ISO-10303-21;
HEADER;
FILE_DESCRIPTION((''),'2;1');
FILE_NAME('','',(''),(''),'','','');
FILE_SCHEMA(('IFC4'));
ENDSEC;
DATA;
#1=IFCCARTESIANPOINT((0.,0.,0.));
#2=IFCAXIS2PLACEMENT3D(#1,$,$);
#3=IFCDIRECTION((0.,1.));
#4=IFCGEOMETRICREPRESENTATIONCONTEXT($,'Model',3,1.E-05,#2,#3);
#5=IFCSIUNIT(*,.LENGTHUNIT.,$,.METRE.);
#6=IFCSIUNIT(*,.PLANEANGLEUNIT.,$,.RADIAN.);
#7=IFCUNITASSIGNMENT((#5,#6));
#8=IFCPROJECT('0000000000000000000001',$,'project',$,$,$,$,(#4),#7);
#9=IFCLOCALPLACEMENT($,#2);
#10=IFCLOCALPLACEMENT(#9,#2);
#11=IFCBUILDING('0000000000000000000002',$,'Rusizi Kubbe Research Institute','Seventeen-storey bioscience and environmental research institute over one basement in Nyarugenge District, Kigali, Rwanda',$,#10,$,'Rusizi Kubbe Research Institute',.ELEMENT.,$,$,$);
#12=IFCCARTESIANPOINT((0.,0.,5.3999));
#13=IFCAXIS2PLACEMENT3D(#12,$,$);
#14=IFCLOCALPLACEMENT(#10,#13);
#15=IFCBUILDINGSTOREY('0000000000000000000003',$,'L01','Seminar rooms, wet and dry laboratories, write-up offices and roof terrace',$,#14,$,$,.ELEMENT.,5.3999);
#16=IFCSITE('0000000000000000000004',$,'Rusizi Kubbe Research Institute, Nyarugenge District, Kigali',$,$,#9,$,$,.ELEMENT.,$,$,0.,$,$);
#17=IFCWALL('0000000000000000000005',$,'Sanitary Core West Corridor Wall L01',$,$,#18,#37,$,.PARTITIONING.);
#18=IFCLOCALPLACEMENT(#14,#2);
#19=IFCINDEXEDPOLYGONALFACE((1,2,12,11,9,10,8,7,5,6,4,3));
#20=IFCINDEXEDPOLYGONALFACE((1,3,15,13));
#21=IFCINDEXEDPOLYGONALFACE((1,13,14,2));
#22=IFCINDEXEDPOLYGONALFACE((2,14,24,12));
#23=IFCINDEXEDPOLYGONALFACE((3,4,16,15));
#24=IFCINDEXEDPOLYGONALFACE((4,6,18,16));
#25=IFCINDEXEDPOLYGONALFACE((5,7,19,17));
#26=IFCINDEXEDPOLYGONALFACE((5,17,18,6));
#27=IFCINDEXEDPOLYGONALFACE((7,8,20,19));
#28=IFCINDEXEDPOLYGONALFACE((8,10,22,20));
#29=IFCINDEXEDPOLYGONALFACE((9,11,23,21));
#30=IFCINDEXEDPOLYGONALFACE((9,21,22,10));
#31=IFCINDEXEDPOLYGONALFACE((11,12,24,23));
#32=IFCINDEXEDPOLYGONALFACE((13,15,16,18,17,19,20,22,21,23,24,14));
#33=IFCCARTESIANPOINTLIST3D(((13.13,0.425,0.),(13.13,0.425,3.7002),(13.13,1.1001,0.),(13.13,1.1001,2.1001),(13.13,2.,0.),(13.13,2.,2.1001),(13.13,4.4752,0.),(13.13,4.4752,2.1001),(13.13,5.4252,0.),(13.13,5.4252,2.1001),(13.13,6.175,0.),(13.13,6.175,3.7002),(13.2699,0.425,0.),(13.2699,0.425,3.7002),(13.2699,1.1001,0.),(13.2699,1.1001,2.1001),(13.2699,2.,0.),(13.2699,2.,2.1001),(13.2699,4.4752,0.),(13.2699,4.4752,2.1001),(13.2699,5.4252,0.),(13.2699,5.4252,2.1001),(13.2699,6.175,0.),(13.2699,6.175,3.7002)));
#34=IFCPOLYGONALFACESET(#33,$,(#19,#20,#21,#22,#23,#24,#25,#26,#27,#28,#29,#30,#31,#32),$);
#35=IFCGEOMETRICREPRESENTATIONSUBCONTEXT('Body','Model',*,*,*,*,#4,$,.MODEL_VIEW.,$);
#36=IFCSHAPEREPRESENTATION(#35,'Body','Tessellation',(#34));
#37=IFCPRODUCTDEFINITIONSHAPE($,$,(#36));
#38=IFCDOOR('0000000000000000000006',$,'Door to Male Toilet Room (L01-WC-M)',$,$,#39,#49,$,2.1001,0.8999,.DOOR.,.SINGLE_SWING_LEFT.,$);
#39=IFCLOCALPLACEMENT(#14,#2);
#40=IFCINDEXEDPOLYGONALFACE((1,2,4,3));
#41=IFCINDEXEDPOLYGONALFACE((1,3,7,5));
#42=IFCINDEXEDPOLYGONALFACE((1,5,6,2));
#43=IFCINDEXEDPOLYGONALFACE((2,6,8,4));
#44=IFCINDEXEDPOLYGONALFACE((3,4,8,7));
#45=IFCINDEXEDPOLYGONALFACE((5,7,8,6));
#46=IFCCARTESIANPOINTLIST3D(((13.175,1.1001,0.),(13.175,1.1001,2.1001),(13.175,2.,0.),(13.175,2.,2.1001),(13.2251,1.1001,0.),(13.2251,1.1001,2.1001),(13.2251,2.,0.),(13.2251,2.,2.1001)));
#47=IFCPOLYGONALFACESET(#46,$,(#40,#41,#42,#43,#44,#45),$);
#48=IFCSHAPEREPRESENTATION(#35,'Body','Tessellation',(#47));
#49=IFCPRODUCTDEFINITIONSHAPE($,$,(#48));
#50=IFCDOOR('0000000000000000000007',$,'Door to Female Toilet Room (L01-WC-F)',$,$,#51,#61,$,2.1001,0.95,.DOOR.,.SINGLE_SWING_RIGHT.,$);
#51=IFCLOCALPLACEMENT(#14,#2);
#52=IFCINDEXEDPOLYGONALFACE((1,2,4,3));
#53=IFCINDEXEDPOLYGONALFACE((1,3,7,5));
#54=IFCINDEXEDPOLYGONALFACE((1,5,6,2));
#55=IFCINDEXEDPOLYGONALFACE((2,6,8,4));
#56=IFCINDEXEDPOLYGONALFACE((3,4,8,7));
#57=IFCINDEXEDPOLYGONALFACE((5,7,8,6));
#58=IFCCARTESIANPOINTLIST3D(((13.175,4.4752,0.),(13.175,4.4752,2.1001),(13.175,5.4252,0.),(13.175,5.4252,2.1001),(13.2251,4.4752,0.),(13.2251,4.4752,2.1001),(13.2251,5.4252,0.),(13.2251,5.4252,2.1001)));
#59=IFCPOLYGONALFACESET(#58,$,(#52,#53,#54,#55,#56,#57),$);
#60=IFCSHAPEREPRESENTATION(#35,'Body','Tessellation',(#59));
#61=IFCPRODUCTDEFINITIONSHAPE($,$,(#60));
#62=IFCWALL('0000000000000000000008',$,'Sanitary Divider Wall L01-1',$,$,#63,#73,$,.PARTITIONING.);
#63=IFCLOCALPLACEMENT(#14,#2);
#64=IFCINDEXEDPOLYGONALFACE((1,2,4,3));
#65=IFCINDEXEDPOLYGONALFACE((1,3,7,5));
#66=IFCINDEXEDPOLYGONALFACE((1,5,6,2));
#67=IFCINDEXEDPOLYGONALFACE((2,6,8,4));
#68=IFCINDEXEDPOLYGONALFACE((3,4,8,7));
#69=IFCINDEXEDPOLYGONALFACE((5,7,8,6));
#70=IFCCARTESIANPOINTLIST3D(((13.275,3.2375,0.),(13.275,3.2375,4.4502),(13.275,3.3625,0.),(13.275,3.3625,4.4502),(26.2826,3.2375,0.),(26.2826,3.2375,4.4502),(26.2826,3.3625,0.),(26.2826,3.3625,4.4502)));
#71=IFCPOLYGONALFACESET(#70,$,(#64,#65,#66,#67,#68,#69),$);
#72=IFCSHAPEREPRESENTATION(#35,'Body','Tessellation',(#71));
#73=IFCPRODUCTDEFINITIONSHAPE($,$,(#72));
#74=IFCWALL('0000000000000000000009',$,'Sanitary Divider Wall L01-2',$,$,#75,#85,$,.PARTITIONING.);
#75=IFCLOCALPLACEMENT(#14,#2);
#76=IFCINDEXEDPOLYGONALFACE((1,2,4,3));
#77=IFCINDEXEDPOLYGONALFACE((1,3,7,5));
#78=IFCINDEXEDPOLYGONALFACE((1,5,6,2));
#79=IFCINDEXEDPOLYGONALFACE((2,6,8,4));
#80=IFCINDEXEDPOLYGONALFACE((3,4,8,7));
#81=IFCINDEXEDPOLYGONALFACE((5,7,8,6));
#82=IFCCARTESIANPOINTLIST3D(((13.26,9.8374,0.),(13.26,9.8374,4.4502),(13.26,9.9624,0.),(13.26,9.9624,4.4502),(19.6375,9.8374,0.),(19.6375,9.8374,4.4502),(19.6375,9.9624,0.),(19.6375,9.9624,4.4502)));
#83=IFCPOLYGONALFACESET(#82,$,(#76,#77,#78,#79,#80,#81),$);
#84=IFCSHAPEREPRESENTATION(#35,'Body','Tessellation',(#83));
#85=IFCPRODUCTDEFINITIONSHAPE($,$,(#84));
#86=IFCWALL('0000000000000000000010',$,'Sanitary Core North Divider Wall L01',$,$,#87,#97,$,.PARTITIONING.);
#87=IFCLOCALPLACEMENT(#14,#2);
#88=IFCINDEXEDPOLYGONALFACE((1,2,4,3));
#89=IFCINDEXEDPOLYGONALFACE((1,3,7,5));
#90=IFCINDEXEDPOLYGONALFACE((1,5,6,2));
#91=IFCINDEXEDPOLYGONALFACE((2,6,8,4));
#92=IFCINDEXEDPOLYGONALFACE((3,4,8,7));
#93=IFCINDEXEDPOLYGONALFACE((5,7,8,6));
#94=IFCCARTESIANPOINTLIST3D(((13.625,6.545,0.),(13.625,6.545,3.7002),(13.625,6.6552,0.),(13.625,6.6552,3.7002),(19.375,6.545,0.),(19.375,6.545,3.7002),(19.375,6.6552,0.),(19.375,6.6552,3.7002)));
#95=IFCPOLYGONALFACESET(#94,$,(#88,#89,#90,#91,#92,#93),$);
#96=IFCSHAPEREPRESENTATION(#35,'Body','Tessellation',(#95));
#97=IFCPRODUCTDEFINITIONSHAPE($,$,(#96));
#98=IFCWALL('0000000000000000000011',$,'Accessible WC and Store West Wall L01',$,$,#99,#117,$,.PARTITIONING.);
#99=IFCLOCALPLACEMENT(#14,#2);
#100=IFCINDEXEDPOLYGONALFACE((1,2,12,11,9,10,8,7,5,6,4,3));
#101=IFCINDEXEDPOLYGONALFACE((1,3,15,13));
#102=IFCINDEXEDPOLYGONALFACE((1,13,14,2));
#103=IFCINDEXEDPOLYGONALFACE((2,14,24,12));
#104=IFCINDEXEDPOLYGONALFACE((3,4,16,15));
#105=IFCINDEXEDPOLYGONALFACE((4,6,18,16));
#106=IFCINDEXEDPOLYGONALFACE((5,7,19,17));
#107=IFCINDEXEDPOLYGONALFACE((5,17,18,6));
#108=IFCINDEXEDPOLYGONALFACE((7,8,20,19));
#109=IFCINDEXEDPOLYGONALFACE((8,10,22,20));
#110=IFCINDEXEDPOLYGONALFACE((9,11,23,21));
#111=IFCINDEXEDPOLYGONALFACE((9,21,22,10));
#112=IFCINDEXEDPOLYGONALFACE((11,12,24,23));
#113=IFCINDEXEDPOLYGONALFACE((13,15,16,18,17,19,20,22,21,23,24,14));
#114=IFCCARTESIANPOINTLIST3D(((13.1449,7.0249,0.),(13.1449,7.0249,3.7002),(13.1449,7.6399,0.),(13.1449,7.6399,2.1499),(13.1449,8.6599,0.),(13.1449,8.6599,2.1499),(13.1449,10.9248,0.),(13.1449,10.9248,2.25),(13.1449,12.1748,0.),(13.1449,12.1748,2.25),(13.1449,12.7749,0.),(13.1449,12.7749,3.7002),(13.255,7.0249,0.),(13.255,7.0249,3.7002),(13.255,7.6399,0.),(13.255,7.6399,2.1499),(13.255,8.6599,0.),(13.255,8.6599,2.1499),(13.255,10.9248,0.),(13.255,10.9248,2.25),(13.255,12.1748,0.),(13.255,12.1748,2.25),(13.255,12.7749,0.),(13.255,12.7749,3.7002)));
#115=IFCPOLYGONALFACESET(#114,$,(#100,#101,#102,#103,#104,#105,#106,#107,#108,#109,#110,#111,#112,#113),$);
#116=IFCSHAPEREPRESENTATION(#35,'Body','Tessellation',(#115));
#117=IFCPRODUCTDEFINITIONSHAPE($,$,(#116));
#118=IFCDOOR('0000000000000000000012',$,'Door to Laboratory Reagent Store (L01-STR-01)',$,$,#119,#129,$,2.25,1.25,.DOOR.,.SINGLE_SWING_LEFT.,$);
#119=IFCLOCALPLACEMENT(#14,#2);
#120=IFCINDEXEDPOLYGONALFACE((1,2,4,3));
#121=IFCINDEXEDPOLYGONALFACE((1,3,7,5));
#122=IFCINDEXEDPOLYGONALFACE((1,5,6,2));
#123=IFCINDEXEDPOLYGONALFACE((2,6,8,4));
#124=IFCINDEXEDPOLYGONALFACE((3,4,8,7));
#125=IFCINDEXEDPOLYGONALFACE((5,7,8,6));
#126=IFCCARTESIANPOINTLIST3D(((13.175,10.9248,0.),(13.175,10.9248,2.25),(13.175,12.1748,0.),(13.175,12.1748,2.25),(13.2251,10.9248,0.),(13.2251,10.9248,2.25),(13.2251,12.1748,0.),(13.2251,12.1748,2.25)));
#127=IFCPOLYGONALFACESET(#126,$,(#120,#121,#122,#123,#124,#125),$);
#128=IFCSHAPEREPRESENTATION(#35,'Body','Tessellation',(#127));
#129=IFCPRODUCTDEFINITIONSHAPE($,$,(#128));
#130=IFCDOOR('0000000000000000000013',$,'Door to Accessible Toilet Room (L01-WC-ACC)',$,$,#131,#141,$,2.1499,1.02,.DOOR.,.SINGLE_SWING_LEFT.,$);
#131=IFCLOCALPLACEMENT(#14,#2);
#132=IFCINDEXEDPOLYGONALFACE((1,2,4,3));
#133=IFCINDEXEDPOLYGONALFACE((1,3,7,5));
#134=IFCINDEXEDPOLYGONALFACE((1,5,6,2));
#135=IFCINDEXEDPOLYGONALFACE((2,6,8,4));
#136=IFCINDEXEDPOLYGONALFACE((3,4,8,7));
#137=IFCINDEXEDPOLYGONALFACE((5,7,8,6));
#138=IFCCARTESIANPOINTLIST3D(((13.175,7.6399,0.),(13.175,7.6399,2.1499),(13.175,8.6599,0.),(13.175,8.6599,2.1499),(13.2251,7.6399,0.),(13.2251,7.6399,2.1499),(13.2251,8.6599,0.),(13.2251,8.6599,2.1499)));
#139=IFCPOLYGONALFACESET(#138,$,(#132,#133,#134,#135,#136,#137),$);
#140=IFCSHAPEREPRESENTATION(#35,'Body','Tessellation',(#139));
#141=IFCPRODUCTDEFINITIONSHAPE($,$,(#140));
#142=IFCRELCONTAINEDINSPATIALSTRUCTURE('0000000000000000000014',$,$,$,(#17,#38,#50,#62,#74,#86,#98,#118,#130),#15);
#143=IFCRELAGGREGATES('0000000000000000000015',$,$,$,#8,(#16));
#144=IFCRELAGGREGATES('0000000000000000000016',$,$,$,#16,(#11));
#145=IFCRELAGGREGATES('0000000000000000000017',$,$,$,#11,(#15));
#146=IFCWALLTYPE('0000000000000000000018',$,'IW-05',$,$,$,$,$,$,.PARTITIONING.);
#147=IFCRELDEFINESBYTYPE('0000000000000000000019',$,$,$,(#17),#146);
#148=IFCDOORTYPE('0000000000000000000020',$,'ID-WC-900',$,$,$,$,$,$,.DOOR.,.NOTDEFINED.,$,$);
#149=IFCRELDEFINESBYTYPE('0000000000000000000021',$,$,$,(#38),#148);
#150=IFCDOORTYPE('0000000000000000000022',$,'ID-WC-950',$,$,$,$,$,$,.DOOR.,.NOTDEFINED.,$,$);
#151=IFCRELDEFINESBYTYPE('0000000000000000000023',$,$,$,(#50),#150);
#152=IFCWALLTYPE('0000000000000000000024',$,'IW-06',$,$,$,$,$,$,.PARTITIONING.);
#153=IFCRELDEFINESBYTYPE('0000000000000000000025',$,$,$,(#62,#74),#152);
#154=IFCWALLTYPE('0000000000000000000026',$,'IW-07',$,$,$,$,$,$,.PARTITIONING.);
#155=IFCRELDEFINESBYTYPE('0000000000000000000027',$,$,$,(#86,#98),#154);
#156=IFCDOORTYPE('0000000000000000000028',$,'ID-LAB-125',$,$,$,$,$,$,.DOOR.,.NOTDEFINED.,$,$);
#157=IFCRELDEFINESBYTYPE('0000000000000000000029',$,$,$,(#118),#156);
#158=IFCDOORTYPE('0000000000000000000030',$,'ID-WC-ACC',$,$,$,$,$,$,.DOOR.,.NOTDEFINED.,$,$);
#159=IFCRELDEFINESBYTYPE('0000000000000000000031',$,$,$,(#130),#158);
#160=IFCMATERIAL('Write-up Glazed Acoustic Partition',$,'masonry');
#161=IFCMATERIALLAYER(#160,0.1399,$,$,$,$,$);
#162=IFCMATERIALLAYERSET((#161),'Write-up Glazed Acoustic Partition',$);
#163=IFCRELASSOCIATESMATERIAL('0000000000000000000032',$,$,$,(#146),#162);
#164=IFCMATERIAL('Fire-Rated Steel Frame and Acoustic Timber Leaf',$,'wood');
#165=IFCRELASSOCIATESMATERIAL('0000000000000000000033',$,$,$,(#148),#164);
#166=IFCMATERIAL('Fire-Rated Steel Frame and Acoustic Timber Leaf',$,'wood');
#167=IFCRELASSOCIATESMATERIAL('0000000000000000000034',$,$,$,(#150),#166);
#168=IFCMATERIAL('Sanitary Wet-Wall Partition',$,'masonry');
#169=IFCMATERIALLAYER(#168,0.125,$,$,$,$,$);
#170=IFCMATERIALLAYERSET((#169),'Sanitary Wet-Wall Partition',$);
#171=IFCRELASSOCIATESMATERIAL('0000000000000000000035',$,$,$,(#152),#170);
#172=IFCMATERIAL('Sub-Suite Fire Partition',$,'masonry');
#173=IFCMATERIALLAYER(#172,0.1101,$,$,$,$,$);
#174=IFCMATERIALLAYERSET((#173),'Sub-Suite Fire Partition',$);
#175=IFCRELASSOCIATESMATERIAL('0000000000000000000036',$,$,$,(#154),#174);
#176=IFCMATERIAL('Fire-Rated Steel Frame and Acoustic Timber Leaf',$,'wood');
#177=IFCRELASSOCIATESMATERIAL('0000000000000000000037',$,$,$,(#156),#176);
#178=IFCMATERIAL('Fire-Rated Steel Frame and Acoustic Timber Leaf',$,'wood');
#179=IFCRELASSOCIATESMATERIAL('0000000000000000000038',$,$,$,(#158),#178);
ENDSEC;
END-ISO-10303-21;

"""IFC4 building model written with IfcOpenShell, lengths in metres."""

from ifc_helpers import new_model, si_unit, direction, frame, frame_2d, origin, place, context, subcontext, project, spatial, rectangle, extrude, material, layer, layer_set, type_object, element, fill, save


model = new_model("IFC4")

# Units and contexts
model_context = context("Model", 3, precision=1e-05, world=origin(), true_north=direction((0.0, 1.0)))
body_context = subcontext(model_context, "Body", "Model", "MODEL_VIEW")
ifc_project = project(units=[si_unit("LENGTHUNIT", "METRE"), si_unit("PLANEANGLEUNIT", "RADIAN")], contexts=[model_context])

# Site, building, storey
site_placement = place(None, origin())
site = spatial("IfcSite", under=ifc_project, at=site_placement, Name="Rusizi Kubbe Research Institute, Nyarugenge District, Kigali", CompositionType="ELEMENT", RefElevation=0.0)
building_placement = place(site_placement, origin())
building = spatial("IfcBuilding", under=site, at=building_placement, Name="Rusizi Kubbe Research Institute", Description="Seventeen-storey bioscience and environmental research institute over one basement in Nyarugenge District, Kigali, Rwanda", LongName="Rusizi Kubbe Research Institute", CompositionType="ELEMENT")
storey_placement = place(building_placement, frame((0.0, 0.0, 5.3999)))
storey = spatial("IfcBuildingStorey", under=building, at=storey_placement, Name="L01", Description="Seminar rooms, wet and dry laboratories, write-up offices and roof terrace", CompositionType="ELEMENT", Elevation=5.3999)

# Wall, openings, doors
ifc_material_1 = material(Name="Write-up Glazed Acoustic Partition", Category="masonry")
ifc_layer_1 = layer(ifc_material_1, 0.1399)
ifc_layer_set_1 = layer_set([ifc_layer_1], Name="Write-up Glazed Acoustic Partition")
wall_type_1 = type_object("IfcWallType", Name="IW-05", PredefinedType="PARTITIONING", material=ifc_layer_set_1)
wall_1_placement = place(storey_placement, frame((13.2, 0.425, 0.0), z_axis=(0.0, 0.0, 1.0), x_axis=(0.0, 1.0, 0.0)))
wall_1 = element("IfcWall", 1, at=wall_1_placement, inside=storey, type_object=wall_type_1, Name="Sanitary Core West Corridor Wall L01", PredefinedType="PARTITIONING", context=body_context, shape_type="SweptSolid", body=[
    extrude(rectangle(XDim=5.75, YDim=0.1399, at=frame_2d((2.875, 0.0))), origin(), (0.0, 0.0, 1.0), 3.7002),
])
opening_1_placement = place(wall_1_placement, frame((0.675, 0.0, 0.0)))
opening_1 = element("IfcOpeningElement", 2, at=opening_1_placement, cuts=wall_1, PredefinedType="OPENING", context=body_context, shape_type="SweptSolid", body=[
    extrude(rectangle(XDim=0.8999, YDim=2.1001, at=frame_2d((0.45, 1.05))), frame((0.0, 0.0798, 0.0), z_axis=(0.0, -1.0, 0.0), x_axis=(1.0, 0.0, 0.0)), (0.0, 0.0, 1.0), 0.1599),
])
opening_2_placement = place(wall_1_placement, frame((4.05, 0.0, 0.0)))
opening_2 = element("IfcOpeningElement", 3, at=opening_2_placement, cuts=wall_1, PredefinedType="OPENING", context=body_context, shape_type="SweptSolid", body=[
    extrude(rectangle(XDim=0.95, YDim=2.1001, at=frame_2d((0.4751, 1.05))), frame((0.0, 0.0798, 0.0), z_axis=(0.0, -1.0, 0.0), x_axis=(1.0, 0.0, 0.0)), (0.0, 0.0, 1.0), 0.1599),
])
ifc_material_2 = material(Name="Fire-Rated Steel Frame and Acoustic Timber Leaf", Category="wood")
door_type_1 = type_object("IfcDoorType", Name="ID-WC-900", OperationType="NOTDEFINED", PredefinedType="DOOR", material=ifc_material_2)
door_1_placement = place(opening_1_placement, origin())
door_1 = element("IfcDoor", 4, at=door_1_placement, inside=storey, type_object=door_type_1, Name="Door to Male Toilet Room (L01-WC-M)", OperationType="SINGLE_SWING_LEFT", OverallHeight=2.1001, OverallWidth=0.8999, PredefinedType="DOOR", context=body_context, shape_type="SweptSolid", body=[
    extrude(rectangle(XDim=0.8999, YDim=2.1001, at=frame_2d((0.45, 1.05))), frame((0.0, 0.0249, 0.0), z_axis=(0.0, -1.0, 0.0), x_axis=(1.0, 0.0, 0.0)), (0.0, 0.0, 1.0), 0.05),
])
fill(opening_1, door_1)
ifc_material_3 = material(Name="Fire-Rated Steel Frame and Acoustic Timber Leaf", Category="wood")
door_type_2 = type_object("IfcDoorType", Name="ID-WC-950", OperationType="NOTDEFINED", PredefinedType="DOOR", material=ifc_material_3)
door_2_placement = place(opening_2_placement, origin())
door_2 = element("IfcDoor", 5, at=door_2_placement, inside=storey, type_object=door_type_2, Name="Door to Female Toilet Room (L01-WC-F)", OperationType="SINGLE_SWING_RIGHT", OverallHeight=2.1001, OverallWidth=0.95, PredefinedType="DOOR", context=body_context, shape_type="SweptSolid", body=[
    extrude(rectangle(XDim=0.95, YDim=2.1001, at=frame_2d((0.4751, 1.05))), frame((0.0, 0.0249, 0.0), z_axis=(0.0, -1.0, 0.0), x_axis=(1.0, 0.0, 0.0)), (0.0, 0.0, 1.0), 0.05),
])
fill(opening_2, door_2)

# Walls
ifc_material_4 = material(Name="Sanitary Wet-Wall Partition", Category="masonry")
ifc_layer_2 = layer(ifc_material_4, 0.125)
ifc_layer_set_2 = layer_set([ifc_layer_2], Name="Sanitary Wet-Wall Partition")
wall_type_2 = type_object("IfcWallType", Name="IW-06", PredefinedType="PARTITIONING", material=ifc_layer_set_2)
wall_2_placement = place(storey_placement, frame((13.2749, 3.3, 0.0), z_axis=(0.0, 0.0, 1.0), x_axis=(1.0, 0.0, 0.0)))
element("IfcWall", 6, at=wall_2_placement, inside=storey, type_object=wall_type_2, Name="Sanitary Divider Wall L01-1", PredefinedType="PARTITIONING", context=body_context, shape_type="SweptSolid", body=[
    extrude(rectangle(XDim=13.0076, YDim=0.125, at=frame_2d((6.5039, 0.0))), origin(), (0.0, 0.0, 1.0), 4.4502),
])
wall_3_placement = place(storey_placement, frame((13.26, 9.8999, 0.0), z_axis=(0.0, 0.0, 1.0), x_axis=(1.0, 0.0, 0.0)))
element("IfcWall", 7, at=wall_3_placement, inside=storey, type_object=wall_type_2, Name="Sanitary Divider Wall L01-2", PredefinedType="PARTITIONING", context=body_context, shape_type="SweptSolid", body=[
    extrude(rectangle(XDim=6.3774, YDim=0.125, at=frame_2d((3.1887, 0.0))), origin(), (0.0, 0.0, 1.0), 4.4502),
])
ifc_material_5 = material(Name="Sub-Suite Fire Partition", Category="masonry")
ifc_layer_3 = layer(ifc_material_5, 0.1101)
ifc_layer_set_3 = layer_set([ifc_layer_3], Name="Sub-Suite Fire Partition")
wall_type_3 = type_object("IfcWallType", Name="IW-07", PredefinedType="PARTITIONING", material=ifc_layer_set_3)
wall_4_placement = place(storey_placement, frame((13.625, 6.6001, 0.0), z_axis=(0.0, 0.0, 1.0), x_axis=(1.0, 0.0, 0.0)))
element("IfcWall", 8, at=wall_4_placement, inside=storey, type_object=wall_type_3, Name="Sanitary Core North Divider Wall L01", PredefinedType="PARTITIONING", context=body_context, shape_type="SweptSolid", body=[
    extrude(rectangle(XDim=5.75, YDim=0.1101, at=frame_2d((2.875, 0.0))), origin(), (0.0, 0.0, 1.0), 3.7002),
])

# Wall, openings, doors
wall_5_placement = place(storey_placement, frame((13.2, 7.0249, 0.0), z_axis=(0.0, 0.0, 1.0), x_axis=(0.0, 1.0, 0.0)))
wall_5 = element("IfcWall", 9, at=wall_5_placement, inside=storey, type_object=wall_type_3, Name="Accessible WC and Store West Wall L01", PredefinedType="PARTITIONING", context=body_context, shape_type="SweptSolid", body=[
    extrude(rectangle(XDim=5.75, YDim=0.1101, at=frame_2d((2.875, 0.0))), origin(), (0.0, 0.0, 1.0), 3.7002),
])
opening_3_placement = place(wall_5_placement, frame((0.615, 0.0, 0.0)))
opening_3 = element("IfcOpeningElement", 10, at=opening_3_placement, cuts=wall_5, PredefinedType="OPENING", context=body_context, shape_type="SweptSolid", body=[
    extrude(rectangle(XDim=1.02, YDim=2.1499, at=frame_2d((0.51, 1.075))), frame((0.0, 0.0649, 0.0), z_axis=(0.0, -1.0, 0.0), x_axis=(1.0, 0.0, 0.0)), (0.0, 0.0, 1.0), 0.1301),
])
opening_4_placement = place(wall_5_placement, frame((3.8999, 0.0, 0.0)))
opening_4 = element("IfcOpeningElement", 11, at=opening_4_placement, cuts=wall_5, PredefinedType="OPENING", context=body_context, shape_type="SweptSolid", body=[
    extrude(rectangle(XDim=1.25, YDim=2.25, at=frame_2d((0.625, 1.125))), frame((0.0, 0.0649, 0.0), z_axis=(0.0, -1.0, 0.0), x_axis=(1.0, 0.0, 0.0)), (0.0, 0.0, 1.0), 0.1301),
])
ifc_material_6 = material(Name="Fire-Rated Steel Frame and Acoustic Timber Leaf", Category="wood")
door_type_3 = type_object("IfcDoorType", Name="ID-LAB-125", OperationType="NOTDEFINED", PredefinedType="DOOR", material=ifc_material_6)
door_3_placement = place(opening_4_placement, origin())
door_3 = element("IfcDoor", 12, at=door_3_placement, inside=storey, type_object=door_type_3, Name="Door to Laboratory Reagent Store (L01-STR-01)", OperationType="SINGLE_SWING_LEFT", OverallHeight=2.25, OverallWidth=1.25, PredefinedType="DOOR", context=body_context, shape_type="SweptSolid", body=[
    extrude(rectangle(XDim=1.25, YDim=2.25, at=frame_2d((0.625, 1.125))), frame((0.0, 0.0249, 0.0), z_axis=(0.0, -1.0, 0.0), x_axis=(1.0, 0.0, 0.0)), (0.0, 0.0, 1.0), 0.05),
])
fill(opening_4, door_3)
ifc_material_7 = material(Name="Fire-Rated Steel Frame and Acoustic Timber Leaf", Category="wood")
door_type_4 = type_object("IfcDoorType", Name="ID-WC-ACC", OperationType="NOTDEFINED", PredefinedType="DOOR", material=ifc_material_7)
door_4_placement = place(opening_3_placement, origin())
door_4 = element("IfcDoor", 13, at=door_4_placement, inside=storey, type_object=door_type_4, Name="Door to Accessible Toilet Room (L01-WC-ACC)", OperationType="SINGLE_SWING_LEFT", OverallHeight=2.1499, OverallWidth=1.02, PredefinedType="DOOR", context=body_context, shape_type="SweptSolid", body=[
    extrude(rectangle(XDim=1.02, YDim=2.1499, at=frame_2d((0.51, 1.075))), frame((0.0, 0.0249, 0.0), z_axis=(0.0, -1.0, 0.0), x_axis=(1.0, 0.0, 0.0)), (0.0, 0.0, 1.0), 0.05),
])
fill(opening_3, door_4)

save(model, "model.ifc")
